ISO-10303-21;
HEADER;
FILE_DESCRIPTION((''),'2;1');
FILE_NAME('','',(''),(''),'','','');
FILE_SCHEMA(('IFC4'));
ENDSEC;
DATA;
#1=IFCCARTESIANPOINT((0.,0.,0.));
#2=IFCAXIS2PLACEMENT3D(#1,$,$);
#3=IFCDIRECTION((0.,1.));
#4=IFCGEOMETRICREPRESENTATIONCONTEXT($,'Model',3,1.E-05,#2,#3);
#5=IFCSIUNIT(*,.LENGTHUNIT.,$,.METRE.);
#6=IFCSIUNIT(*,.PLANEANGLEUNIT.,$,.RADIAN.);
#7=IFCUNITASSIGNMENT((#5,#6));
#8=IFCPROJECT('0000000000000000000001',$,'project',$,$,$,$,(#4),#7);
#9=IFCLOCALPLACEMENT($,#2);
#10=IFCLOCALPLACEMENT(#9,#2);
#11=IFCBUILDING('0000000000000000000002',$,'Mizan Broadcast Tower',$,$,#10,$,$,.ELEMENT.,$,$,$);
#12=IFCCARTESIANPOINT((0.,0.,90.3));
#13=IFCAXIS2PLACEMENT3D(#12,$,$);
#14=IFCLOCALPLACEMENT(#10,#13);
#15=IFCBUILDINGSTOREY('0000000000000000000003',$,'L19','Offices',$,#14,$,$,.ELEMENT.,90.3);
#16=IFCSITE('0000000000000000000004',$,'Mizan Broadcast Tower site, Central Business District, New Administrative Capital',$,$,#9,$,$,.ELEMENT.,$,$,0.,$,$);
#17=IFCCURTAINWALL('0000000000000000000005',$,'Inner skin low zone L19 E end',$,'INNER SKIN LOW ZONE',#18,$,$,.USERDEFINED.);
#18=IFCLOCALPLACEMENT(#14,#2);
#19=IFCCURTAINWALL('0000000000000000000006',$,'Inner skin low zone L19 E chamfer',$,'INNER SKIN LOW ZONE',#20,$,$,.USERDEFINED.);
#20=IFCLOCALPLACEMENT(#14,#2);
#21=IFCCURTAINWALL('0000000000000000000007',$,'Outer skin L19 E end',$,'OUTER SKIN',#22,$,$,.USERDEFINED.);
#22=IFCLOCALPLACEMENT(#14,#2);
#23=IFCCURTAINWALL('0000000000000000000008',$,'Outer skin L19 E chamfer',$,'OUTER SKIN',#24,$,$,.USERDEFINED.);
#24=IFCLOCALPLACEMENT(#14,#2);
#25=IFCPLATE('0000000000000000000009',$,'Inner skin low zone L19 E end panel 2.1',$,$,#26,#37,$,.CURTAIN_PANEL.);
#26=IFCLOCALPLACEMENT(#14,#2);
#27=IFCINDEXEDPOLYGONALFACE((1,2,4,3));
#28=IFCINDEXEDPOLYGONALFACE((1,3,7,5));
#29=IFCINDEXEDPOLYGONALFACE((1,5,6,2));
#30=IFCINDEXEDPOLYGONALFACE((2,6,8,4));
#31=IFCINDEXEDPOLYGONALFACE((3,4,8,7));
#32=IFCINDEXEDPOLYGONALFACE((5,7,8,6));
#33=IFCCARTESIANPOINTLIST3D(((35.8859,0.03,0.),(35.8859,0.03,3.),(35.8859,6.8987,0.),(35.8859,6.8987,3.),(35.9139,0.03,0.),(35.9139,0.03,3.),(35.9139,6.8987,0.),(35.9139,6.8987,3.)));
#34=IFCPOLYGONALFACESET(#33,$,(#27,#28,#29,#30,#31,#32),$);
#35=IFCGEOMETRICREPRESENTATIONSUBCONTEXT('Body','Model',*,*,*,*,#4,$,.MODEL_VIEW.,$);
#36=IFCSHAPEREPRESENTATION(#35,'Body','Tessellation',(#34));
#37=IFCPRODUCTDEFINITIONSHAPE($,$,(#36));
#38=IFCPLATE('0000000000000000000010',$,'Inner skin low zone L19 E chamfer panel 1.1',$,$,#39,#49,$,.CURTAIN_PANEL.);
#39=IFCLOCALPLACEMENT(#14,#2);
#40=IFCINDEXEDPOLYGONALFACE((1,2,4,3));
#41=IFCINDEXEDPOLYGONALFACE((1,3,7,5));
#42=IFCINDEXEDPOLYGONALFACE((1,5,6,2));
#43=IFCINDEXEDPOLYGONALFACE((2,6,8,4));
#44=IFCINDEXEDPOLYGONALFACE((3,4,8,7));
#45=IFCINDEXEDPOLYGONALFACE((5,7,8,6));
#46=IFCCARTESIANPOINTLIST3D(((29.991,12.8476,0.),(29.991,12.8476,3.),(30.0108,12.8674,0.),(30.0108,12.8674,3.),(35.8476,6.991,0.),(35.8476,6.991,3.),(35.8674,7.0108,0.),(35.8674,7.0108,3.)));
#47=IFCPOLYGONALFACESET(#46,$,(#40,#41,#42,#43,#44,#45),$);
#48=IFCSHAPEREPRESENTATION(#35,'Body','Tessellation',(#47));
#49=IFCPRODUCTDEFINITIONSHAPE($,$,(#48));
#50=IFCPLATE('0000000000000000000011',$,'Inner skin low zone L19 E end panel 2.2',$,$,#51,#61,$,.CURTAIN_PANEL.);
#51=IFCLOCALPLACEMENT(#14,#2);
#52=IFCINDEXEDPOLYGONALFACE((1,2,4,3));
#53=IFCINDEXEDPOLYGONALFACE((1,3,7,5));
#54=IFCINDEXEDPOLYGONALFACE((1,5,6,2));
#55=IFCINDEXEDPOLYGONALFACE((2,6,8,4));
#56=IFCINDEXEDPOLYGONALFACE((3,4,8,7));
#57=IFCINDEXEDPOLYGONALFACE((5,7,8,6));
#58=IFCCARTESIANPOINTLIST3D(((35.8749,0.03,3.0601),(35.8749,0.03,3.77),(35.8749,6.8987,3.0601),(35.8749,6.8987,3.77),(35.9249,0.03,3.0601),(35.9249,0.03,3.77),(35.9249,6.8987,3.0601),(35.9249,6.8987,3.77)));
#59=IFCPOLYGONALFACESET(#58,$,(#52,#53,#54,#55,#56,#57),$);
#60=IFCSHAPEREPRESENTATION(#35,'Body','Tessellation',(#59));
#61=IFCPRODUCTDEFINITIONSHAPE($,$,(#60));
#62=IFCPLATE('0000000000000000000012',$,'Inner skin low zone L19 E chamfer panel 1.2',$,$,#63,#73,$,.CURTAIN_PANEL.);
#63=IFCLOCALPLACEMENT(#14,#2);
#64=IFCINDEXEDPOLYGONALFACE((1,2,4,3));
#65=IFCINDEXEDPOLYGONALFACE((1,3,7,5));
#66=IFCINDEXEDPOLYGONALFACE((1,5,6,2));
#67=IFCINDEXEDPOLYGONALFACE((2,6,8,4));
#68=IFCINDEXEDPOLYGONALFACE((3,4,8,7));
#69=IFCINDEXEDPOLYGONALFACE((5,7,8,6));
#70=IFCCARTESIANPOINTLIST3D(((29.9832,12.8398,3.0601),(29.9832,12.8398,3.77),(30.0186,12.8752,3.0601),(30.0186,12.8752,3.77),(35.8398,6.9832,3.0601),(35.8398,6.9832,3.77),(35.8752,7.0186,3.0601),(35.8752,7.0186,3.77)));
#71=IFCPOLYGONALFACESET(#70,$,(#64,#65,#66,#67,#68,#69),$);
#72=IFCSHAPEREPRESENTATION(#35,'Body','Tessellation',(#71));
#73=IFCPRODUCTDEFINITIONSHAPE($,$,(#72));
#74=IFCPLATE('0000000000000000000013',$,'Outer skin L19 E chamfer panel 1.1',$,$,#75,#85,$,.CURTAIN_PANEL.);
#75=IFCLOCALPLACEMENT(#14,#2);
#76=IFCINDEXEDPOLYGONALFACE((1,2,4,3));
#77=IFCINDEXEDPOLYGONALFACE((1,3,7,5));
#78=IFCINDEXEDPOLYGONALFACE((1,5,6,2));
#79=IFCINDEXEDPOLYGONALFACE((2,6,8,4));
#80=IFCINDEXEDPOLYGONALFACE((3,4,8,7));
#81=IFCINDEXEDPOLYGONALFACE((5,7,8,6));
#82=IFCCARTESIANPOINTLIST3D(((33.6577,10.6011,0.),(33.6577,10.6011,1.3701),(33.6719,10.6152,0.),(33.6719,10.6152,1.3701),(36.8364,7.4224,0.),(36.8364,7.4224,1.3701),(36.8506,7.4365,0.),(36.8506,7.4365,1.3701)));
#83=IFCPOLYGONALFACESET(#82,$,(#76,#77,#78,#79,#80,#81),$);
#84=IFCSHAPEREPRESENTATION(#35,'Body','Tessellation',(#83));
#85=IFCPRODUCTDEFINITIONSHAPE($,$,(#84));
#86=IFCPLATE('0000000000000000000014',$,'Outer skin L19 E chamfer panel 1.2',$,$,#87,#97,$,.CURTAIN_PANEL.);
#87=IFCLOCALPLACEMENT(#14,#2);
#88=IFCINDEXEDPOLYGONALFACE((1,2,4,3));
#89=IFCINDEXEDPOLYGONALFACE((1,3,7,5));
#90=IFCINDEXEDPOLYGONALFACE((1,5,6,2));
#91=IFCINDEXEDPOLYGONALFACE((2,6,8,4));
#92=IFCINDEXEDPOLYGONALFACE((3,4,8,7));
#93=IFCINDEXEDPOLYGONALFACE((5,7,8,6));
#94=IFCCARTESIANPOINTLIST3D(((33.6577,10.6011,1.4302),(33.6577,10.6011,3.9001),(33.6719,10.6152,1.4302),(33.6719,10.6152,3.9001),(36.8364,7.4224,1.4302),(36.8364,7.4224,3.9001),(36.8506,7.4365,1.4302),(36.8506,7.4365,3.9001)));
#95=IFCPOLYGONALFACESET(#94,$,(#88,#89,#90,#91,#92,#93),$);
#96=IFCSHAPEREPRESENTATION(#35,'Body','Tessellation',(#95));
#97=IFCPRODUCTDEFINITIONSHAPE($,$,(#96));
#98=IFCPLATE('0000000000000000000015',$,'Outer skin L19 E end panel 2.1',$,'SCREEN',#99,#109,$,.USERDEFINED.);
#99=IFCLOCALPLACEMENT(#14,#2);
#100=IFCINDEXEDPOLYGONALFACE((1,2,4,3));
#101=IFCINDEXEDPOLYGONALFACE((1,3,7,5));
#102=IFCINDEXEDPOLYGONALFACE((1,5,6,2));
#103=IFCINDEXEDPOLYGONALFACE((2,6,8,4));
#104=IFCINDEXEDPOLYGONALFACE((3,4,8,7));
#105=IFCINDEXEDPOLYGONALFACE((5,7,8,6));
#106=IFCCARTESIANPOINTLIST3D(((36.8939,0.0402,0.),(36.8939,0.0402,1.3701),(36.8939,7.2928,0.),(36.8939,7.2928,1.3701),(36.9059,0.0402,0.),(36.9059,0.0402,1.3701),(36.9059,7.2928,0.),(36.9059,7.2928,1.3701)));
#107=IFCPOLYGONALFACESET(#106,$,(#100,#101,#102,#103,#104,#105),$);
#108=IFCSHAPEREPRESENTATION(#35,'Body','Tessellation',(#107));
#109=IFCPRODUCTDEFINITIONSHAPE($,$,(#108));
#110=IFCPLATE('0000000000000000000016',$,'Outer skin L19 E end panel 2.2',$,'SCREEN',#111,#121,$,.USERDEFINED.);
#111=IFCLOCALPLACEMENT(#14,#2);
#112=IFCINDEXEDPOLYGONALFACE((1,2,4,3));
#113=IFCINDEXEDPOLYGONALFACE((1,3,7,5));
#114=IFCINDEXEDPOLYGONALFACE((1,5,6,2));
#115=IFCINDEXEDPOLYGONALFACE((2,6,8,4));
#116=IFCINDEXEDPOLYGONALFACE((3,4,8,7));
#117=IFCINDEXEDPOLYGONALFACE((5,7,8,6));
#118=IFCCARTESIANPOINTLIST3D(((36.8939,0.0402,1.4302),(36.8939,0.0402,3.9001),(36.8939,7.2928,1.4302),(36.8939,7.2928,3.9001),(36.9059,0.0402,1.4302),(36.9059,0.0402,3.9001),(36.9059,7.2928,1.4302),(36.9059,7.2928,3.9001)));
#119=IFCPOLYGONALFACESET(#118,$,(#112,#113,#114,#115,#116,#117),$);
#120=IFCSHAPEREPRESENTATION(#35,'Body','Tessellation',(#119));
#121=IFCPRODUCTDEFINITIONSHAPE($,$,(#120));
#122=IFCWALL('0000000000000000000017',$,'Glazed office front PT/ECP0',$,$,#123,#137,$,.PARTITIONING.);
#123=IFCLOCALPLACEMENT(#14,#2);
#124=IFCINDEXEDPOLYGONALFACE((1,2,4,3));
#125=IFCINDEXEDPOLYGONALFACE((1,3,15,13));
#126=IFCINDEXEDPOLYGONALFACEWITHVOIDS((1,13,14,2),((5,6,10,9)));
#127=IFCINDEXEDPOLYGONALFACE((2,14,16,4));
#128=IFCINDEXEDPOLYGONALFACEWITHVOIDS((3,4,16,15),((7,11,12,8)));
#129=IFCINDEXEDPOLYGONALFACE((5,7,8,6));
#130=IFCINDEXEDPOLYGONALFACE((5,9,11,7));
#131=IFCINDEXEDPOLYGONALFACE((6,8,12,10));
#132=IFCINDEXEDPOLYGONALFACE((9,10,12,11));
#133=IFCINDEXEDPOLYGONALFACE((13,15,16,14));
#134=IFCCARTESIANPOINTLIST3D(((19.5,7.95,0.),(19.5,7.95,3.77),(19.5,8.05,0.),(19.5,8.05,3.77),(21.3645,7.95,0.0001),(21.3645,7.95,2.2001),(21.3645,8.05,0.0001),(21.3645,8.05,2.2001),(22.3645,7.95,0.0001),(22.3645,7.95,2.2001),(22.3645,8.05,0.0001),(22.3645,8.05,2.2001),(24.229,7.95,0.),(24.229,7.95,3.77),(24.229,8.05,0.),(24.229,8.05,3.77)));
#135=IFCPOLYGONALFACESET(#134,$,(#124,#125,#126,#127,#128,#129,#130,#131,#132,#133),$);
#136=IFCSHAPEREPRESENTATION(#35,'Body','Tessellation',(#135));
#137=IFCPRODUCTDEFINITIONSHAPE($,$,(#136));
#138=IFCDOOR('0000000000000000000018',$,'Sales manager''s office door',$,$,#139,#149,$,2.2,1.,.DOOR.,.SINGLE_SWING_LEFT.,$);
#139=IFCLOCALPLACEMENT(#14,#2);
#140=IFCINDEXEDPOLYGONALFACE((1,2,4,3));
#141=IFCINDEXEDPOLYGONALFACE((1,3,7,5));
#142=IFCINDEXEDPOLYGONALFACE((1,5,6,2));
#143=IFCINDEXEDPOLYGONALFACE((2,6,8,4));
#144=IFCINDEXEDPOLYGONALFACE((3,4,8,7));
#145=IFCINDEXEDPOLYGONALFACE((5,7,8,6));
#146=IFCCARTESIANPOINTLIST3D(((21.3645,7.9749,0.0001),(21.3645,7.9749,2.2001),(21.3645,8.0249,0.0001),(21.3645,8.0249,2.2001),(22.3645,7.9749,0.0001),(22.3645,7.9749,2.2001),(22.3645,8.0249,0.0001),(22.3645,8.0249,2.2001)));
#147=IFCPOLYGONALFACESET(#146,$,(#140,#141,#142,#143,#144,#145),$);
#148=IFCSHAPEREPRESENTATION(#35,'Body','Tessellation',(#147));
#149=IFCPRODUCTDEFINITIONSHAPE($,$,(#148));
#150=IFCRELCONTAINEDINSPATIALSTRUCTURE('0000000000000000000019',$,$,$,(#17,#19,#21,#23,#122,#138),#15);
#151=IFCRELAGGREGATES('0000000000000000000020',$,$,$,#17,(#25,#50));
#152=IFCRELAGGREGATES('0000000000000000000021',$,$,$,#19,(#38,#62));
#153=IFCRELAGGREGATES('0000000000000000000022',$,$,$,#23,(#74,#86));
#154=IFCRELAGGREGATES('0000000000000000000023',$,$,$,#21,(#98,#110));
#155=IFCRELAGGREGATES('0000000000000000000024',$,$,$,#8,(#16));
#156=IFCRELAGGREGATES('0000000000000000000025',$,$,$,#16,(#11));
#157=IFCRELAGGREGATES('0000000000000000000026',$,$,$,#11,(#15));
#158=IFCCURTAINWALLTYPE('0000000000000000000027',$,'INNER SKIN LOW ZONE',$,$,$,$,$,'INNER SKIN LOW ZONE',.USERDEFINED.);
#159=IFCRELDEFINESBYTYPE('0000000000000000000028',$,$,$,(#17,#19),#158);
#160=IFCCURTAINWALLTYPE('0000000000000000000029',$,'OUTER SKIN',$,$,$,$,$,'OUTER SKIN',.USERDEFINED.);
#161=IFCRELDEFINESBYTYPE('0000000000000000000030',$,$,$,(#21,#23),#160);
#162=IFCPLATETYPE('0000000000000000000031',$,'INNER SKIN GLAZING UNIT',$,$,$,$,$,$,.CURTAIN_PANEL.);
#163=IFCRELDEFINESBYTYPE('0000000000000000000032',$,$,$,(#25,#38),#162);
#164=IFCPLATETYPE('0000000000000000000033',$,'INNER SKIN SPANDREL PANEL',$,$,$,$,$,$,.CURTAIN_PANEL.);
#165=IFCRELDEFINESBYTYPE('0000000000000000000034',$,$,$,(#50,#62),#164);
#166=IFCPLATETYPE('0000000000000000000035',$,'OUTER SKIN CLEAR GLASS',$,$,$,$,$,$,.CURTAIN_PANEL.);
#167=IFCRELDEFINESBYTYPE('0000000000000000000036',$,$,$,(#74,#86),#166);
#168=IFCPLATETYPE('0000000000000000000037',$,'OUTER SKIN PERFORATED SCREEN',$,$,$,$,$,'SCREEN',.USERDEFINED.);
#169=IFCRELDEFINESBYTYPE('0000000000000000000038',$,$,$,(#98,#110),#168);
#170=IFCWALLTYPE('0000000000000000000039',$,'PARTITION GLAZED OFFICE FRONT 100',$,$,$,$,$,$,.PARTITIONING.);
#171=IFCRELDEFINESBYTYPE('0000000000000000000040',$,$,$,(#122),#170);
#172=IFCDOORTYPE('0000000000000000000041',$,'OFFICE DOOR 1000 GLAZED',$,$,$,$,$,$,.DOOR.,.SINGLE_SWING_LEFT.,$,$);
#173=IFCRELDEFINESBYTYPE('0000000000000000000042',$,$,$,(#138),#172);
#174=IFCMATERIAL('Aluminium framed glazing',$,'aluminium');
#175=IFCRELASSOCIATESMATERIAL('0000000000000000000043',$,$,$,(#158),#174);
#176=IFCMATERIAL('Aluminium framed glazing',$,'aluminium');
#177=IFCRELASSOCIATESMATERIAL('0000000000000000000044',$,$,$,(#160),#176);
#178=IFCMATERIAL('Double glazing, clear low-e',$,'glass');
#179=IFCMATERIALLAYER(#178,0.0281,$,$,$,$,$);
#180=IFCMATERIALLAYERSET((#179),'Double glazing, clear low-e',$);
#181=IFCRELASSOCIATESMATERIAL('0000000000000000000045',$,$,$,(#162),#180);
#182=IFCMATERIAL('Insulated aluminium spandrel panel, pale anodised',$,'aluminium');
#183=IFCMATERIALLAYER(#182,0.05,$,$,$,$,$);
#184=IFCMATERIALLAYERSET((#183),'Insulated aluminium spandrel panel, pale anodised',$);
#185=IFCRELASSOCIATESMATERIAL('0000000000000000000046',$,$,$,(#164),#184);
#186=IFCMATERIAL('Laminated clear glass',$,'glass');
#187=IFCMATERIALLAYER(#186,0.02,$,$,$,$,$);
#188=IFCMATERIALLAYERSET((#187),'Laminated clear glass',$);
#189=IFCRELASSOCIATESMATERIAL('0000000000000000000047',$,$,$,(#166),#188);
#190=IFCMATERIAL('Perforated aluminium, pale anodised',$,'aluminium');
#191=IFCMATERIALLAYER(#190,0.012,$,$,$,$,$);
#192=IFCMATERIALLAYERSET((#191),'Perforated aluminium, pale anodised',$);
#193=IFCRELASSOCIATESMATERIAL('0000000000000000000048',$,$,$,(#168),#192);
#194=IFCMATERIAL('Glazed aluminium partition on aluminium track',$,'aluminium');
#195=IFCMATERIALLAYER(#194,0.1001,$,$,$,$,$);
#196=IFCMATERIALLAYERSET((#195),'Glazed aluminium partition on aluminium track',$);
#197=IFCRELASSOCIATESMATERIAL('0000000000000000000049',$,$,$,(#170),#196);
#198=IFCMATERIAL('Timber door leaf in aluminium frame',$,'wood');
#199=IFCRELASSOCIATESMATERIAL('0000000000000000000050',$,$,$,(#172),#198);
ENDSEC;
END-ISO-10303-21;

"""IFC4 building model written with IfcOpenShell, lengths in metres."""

from ifc_helpers import new_model, si_unit, direction, frame, frame_2d, origin, origin_2d, place, context, subcontext, project, spatial, rectangle, extrude, material, layer, layer_set, type_object, element, fill, aggregate, save


model = new_model("IFC4")

# Units and contexts
model_context = context("Model", 3, precision=1e-05, world=origin(), true_north=direction((0.0, 1.0)))
body_context = subcontext(model_context, "Body", "Model", "MODEL_VIEW")
ifc_project = project(units=[si_unit("LENGTHUNIT", "METRE"), si_unit("PLANEANGLEUNIT", "RADIAN")], contexts=[model_context])

# Site, building, storey
site_placement = place(None, origin())
site = spatial("IfcSite", under=ifc_project, at=site_placement, Name="Mizan Broadcast Tower site, Central Business District, New Administrative Capital", CompositionType="ELEMENT", RefElevation=0.0)
building_placement = place(site_placement, origin())
building = spatial("IfcBuilding", under=site, at=building_placement, Name="Mizan Broadcast Tower", CompositionType="ELEMENT")
storey_placement = place(building_placement, frame((0.0, 0.0, 90.3)))
storey = spatial("IfcBuildingStorey", under=building, at=storey_placement, Name="L19", Description="Offices", CompositionType="ELEMENT", Elevation=90.3)

# Curtain wall
ifc_material_1 = material(Name="Aluminium framed glazing", Category="aluminium")
curtain_wall_type_1 = type_object("IfcCurtainWallType", Name="INNER SKIN LOW ZONE", ElementType="INNER SKIN LOW ZONE", PredefinedType="USERDEFINED", material=ifc_material_1)
curtain_wall_1_placement = place(storey_placement, origin())
curtain_wall_1 = element("IfcCurtainWall", 1, at=curtain_wall_1_placement, inside=storey, type_object=curtain_wall_type_1, Name="Inner skin low zone L19 E end", ObjectType="INNER SKIN LOW ZONE", PredefinedType="USERDEFINED")

# Curtain wall
curtain_wall_2_placement = place(storey_placement, origin())
curtain_wall_2 = element("IfcCurtainWall", 2, at=curtain_wall_2_placement, inside=storey, type_object=curtain_wall_type_1, Name="Inner skin low zone L19 E chamfer", ObjectType="INNER SKIN LOW ZONE", PredefinedType="USERDEFINED")

# Curtain wall
ifc_material_2 = material(Name="Aluminium framed glazing", Category="aluminium")
curtain_wall_type_2 = type_object("IfcCurtainWallType", Name="OUTER SKIN", ElementType="OUTER SKIN", PredefinedType="USERDEFINED", material=ifc_material_2)
curtain_wall_3_placement = place(storey_placement, origin())
curtain_wall_3 = element("IfcCurtainWall", 3, at=curtain_wall_3_placement, inside=storey, type_object=curtain_wall_type_2, Name="Outer skin L19 E end", ObjectType="OUTER SKIN", PredefinedType="USERDEFINED")

# Curtain wall
curtain_wall_4_placement = place(storey_placement, origin())
curtain_wall_4 = element("IfcCurtainWall", 4, at=curtain_wall_4_placement, inside=storey, type_object=curtain_wall_type_2, Name="Outer skin L19 E chamfer", ObjectType="OUTER SKIN", PredefinedType="USERDEFINED")

# Plates
ifc_material_3 = material(Name="Double glazing, clear low-e", Category="glass")
ifc_layer_1 = layer(ifc_material_3, 0.0281)
ifc_layer_set_1 = layer_set([ifc_layer_1], Name="Double glazing, clear low-e")
plate_type_1 = type_object("IfcPlateType", Name="INNER SKIN GLAZING UNIT", PredefinedType="CURTAIN_PANEL", material=ifc_layer_set_1)
plate_1_placement = place(storey_placement, frame((35.8999, 3.4644, 0.0), z_axis=(0.0, 0.0, 1.0), x_axis=(0.0, 1.0, 0.0)))
plate_1 = element("IfcPlate", 5, at=plate_1_placement, type_object=plate_type_1, Name="Inner skin low zone L19 E end panel 2.1", PredefinedType="CURTAIN_PANEL", context=body_context, shape_type="SweptSolid", body=[
    extrude(rectangle(XDim=6.8687, YDim=0.0281, at=origin_2d()), origin(), (0.0, 0.0, 1.0), 3.0),
])
plate_2_placement = place(storey_placement, frame((32.9292, 9.9292, 0.0), z_axis=(0.0, 0.0, 1.0), x_axis=(-0.707107, 0.707107, 0.0)))
plate_2 = element("IfcPlate", 6, at=plate_2_placement, type_object=plate_type_1, Name="Inner skin low zone L19 E chamfer panel 1.1", PredefinedType="CURTAIN_PANEL", context=body_context, shape_type="SweptSolid", body=[
    extrude(rectangle(XDim=8.2825, YDim=0.0281, at=origin_2d()), origin(), (0.0, 0.0, 1.0), 3.0),
])
ifc_material_4 = material(Name="Insulated aluminium spandrel panel, pale anodised", Category="aluminium")
ifc_layer_2 = layer(ifc_material_4, 0.05)
ifc_layer_set_2 = layer_set([ifc_layer_2], Name="Insulated aluminium spandrel panel, pale anodised")
plate_type_2 = type_object("IfcPlateType", Name="INNER SKIN SPANDREL PANEL", PredefinedType="CURTAIN_PANEL", material=ifc_layer_set_2)
plate_3_placement = place(storey_placement, frame((35.8999, 3.4644, 3.0601), z_axis=(0.0, 0.0, 1.0), x_axis=(0.0, 1.0, 0.0)))
plate_3 = element("IfcPlate", 7, at=plate_3_placement, type_object=plate_type_2, Name="Inner skin low zone L19 E end panel 2.2", PredefinedType="CURTAIN_PANEL", context=body_context, shape_type="SweptSolid", body=[
    extrude(rectangle(XDim=6.8687, YDim=0.05, at=origin_2d()), origin(), (0.0, 0.0, 1.0), 0.71),
])
aggregate(curtain_wall_1, [plate_1, plate_3])
plate_4_placement = place(storey_placement, frame((32.9292, 9.9292, 3.0601), z_axis=(0.0, 0.0, 1.0), x_axis=(-0.707107, 0.707107, 0.0)))
plate_4 = element("IfcPlate", 8, at=plate_4_placement, type_object=plate_type_2, Name="Inner skin low zone L19 E chamfer panel 1.2", PredefinedType="CURTAIN_PANEL", context=body_context, shape_type="SweptSolid", body=[
    extrude(rectangle(XDim=8.2825, YDim=0.05, at=origin_2d()), origin(), (0.0, 0.0, 1.0), 0.71),
])
aggregate(curtain_wall_2, [plate_2, plate_4])
ifc_material_5 = material(Name="Laminated clear glass", Category="glass")
ifc_layer_3 = layer(ifc_material_5, 0.02)
ifc_layer_set_3 = layer_set([ifc_layer_3], Name="Laminated clear glass")
plate_type_3 = type_object("IfcPlateType", Name="OUTER SKIN CLEAR GLASS", PredefinedType="CURTAIN_PANEL", material=ifc_layer_set_3)
plate_5_placement = place(storey_placement, frame((35.2542, 9.0188, 0.0), z_axis=(0.0, 0.0, 1.0), x_axis=(-0.707107, 0.707107, 0.0)))
plate_5 = element("IfcPlate", 9, at=plate_5_placement, type_object=plate_type_3, Name="Outer skin L19 E chamfer panel 1.1", PredefinedType="CURTAIN_PANEL", context=body_context, shape_type="SweptSolid", body=[
    extrude(rectangle(XDim=4.4954, YDim=0.02, at=origin_2d()), origin(), (0.0, 0.0, 1.0), 1.3701),
])
plate_6_placement = place(storey_placement, frame((35.2542, 9.0188, 1.4302), z_axis=(0.0, 0.0, 1.0), x_axis=(-0.707107, 0.707107, 0.0)))
plate_6 = element("IfcPlate", 10, at=plate_6_placement, type_object=plate_type_3, Name="Outer skin L19 E chamfer panel 1.2", PredefinedType="CURTAIN_PANEL", context=body_context, shape_type="SweptSolid", body=[
    extrude(rectangle(XDim=4.4954, YDim=0.02, at=origin_2d()), origin(), (0.0, 0.0, 1.0), 2.47),
])
aggregate(curtain_wall_4, [plate_5, plate_6])
ifc_material_6 = material(Name="Perforated aluminium, pale anodised", Category="aluminium")
ifc_layer_4 = layer(ifc_material_6, 0.012)
ifc_layer_set_4 = layer_set([ifc_layer_4], Name="Perforated aluminium, pale anodised")
plate_type_4 = type_object("IfcPlateType", Name="OUTER SKIN PERFORATED SCREEN", ElementType="SCREEN", PredefinedType="USERDEFINED", material=ifc_layer_set_4)
plate_7_placement = place(storey_placement, frame((36.8999, 3.6665, 0.0), z_axis=(0.0, 0.0, 1.0), x_axis=(0.0, 1.0, 0.0)))
plate_7 = element("IfcPlate", 11, at=plate_7_placement, type_object=plate_type_4, Name="Outer skin L19 E end panel 2.1", ObjectType="SCREEN", PredefinedType="USERDEFINED", context=body_context, shape_type="SweptSolid", body=[
    extrude(rectangle(XDim=7.2527, YDim=0.012, at=origin_2d()), origin(), (0.0, 0.0, 1.0), 1.3701),
])
plate_8_placement = place(storey_placement, frame((36.8999, 3.6665, 1.4302), z_axis=(0.0, 0.0, 1.0), x_axis=(0.0, 1.0, 0.0)))
plate_8 = element("IfcPlate", 12, at=plate_8_placement, type_object=plate_type_4, Name="Outer skin L19 E end panel 2.2", ObjectType="SCREEN", PredefinedType="USERDEFINED", context=body_context, shape_type="SweptSolid", body=[
    extrude(rectangle(XDim=7.2527, YDim=0.012, at=origin_2d()), origin(), (0.0, 0.0, 1.0), 2.47),
])
aggregate(curtain_wall_3, [plate_7, plate_8])

# Wall, opening, door
ifc_material_7 = material(Name="Glazed aluminium partition on aluminium track", Category="aluminium")
ifc_layer_5 = layer(ifc_material_7, 0.1001)
ifc_layer_set_5 = layer_set([ifc_layer_5], Name="Glazed aluminium partition on aluminium track")
wall_type = type_object("IfcWallType", Name="PARTITION GLAZED OFFICE FRONT 100", PredefinedType="PARTITIONING", material=ifc_layer_set_5)
wall_1_placement = place(storey_placement, frame((19.5, 8.0, 0.0), z_axis=(0.0, 0.0, 1.0), x_axis=(1.0, 0.0, 0.0)))
wall_1 = element("IfcWall", 13, at=wall_1_placement, inside=storey, type_object=wall_type, Name="Glazed office front PT/ECP0", PredefinedType="PARTITIONING", context=body_context, shape_type="SweptSolid", body=[
    extrude(rectangle(XDim=4.729, YDim=0.1001, at=frame_2d((2.3645, 0.0))), origin(), (0.0, 0.0, 1.0), 3.77),
])
opening_1_placement = place(wall_1_placement, frame((1.8645, 0.0, 0.0)))
opening_1 = element("IfcOpeningElement", 14, at=opening_1_placement, cuts=wall_1, PredefinedType="OPENING", context=body_context, shape_type="SweptSolid", body=[
    extrude(rectangle(XDim=1.0, YDim=2.2, at=frame_2d((0.5, 1.1001))), frame((0.0, 0.0601, 0.0), z_axis=(0.0, -1.0, 0.0), x_axis=(1.0, 0.0, 0.0)), (0.0, 0.0, 1.0), 0.1201),
])
ifc_material_8 = material(Name="Timber door leaf in aluminium frame", Category="wood")
door_type = type_object("IfcDoorType", Name="OFFICE DOOR 1000 GLAZED", OperationType="SINGLE_SWING_LEFT", PredefinedType="DOOR", material=ifc_material_8)
door_1_placement = place(opening_1_placement, origin())
door_1 = element("IfcDoor", 15, at=door_1_placement, inside=storey, type_object=door_type, Name="Sales manager's office door", OperationType="SINGLE_SWING_LEFT", OverallHeight=2.2, OverallWidth=1.0, PredefinedType="DOOR", context=body_context, shape_type="SweptSolid", body=[
    extrude(rectangle(XDim=1.0, YDim=2.2, at=frame_2d((0.5, 1.1001))), frame((0.0, 0.0249, 0.0), z_axis=(0.0, -1.0, 0.0), x_axis=(1.0, 0.0, 0.0)), (0.0, 0.0, 1.0), 0.05),
])
fill(opening_1, door_1)

save(model, "model.ifc")
